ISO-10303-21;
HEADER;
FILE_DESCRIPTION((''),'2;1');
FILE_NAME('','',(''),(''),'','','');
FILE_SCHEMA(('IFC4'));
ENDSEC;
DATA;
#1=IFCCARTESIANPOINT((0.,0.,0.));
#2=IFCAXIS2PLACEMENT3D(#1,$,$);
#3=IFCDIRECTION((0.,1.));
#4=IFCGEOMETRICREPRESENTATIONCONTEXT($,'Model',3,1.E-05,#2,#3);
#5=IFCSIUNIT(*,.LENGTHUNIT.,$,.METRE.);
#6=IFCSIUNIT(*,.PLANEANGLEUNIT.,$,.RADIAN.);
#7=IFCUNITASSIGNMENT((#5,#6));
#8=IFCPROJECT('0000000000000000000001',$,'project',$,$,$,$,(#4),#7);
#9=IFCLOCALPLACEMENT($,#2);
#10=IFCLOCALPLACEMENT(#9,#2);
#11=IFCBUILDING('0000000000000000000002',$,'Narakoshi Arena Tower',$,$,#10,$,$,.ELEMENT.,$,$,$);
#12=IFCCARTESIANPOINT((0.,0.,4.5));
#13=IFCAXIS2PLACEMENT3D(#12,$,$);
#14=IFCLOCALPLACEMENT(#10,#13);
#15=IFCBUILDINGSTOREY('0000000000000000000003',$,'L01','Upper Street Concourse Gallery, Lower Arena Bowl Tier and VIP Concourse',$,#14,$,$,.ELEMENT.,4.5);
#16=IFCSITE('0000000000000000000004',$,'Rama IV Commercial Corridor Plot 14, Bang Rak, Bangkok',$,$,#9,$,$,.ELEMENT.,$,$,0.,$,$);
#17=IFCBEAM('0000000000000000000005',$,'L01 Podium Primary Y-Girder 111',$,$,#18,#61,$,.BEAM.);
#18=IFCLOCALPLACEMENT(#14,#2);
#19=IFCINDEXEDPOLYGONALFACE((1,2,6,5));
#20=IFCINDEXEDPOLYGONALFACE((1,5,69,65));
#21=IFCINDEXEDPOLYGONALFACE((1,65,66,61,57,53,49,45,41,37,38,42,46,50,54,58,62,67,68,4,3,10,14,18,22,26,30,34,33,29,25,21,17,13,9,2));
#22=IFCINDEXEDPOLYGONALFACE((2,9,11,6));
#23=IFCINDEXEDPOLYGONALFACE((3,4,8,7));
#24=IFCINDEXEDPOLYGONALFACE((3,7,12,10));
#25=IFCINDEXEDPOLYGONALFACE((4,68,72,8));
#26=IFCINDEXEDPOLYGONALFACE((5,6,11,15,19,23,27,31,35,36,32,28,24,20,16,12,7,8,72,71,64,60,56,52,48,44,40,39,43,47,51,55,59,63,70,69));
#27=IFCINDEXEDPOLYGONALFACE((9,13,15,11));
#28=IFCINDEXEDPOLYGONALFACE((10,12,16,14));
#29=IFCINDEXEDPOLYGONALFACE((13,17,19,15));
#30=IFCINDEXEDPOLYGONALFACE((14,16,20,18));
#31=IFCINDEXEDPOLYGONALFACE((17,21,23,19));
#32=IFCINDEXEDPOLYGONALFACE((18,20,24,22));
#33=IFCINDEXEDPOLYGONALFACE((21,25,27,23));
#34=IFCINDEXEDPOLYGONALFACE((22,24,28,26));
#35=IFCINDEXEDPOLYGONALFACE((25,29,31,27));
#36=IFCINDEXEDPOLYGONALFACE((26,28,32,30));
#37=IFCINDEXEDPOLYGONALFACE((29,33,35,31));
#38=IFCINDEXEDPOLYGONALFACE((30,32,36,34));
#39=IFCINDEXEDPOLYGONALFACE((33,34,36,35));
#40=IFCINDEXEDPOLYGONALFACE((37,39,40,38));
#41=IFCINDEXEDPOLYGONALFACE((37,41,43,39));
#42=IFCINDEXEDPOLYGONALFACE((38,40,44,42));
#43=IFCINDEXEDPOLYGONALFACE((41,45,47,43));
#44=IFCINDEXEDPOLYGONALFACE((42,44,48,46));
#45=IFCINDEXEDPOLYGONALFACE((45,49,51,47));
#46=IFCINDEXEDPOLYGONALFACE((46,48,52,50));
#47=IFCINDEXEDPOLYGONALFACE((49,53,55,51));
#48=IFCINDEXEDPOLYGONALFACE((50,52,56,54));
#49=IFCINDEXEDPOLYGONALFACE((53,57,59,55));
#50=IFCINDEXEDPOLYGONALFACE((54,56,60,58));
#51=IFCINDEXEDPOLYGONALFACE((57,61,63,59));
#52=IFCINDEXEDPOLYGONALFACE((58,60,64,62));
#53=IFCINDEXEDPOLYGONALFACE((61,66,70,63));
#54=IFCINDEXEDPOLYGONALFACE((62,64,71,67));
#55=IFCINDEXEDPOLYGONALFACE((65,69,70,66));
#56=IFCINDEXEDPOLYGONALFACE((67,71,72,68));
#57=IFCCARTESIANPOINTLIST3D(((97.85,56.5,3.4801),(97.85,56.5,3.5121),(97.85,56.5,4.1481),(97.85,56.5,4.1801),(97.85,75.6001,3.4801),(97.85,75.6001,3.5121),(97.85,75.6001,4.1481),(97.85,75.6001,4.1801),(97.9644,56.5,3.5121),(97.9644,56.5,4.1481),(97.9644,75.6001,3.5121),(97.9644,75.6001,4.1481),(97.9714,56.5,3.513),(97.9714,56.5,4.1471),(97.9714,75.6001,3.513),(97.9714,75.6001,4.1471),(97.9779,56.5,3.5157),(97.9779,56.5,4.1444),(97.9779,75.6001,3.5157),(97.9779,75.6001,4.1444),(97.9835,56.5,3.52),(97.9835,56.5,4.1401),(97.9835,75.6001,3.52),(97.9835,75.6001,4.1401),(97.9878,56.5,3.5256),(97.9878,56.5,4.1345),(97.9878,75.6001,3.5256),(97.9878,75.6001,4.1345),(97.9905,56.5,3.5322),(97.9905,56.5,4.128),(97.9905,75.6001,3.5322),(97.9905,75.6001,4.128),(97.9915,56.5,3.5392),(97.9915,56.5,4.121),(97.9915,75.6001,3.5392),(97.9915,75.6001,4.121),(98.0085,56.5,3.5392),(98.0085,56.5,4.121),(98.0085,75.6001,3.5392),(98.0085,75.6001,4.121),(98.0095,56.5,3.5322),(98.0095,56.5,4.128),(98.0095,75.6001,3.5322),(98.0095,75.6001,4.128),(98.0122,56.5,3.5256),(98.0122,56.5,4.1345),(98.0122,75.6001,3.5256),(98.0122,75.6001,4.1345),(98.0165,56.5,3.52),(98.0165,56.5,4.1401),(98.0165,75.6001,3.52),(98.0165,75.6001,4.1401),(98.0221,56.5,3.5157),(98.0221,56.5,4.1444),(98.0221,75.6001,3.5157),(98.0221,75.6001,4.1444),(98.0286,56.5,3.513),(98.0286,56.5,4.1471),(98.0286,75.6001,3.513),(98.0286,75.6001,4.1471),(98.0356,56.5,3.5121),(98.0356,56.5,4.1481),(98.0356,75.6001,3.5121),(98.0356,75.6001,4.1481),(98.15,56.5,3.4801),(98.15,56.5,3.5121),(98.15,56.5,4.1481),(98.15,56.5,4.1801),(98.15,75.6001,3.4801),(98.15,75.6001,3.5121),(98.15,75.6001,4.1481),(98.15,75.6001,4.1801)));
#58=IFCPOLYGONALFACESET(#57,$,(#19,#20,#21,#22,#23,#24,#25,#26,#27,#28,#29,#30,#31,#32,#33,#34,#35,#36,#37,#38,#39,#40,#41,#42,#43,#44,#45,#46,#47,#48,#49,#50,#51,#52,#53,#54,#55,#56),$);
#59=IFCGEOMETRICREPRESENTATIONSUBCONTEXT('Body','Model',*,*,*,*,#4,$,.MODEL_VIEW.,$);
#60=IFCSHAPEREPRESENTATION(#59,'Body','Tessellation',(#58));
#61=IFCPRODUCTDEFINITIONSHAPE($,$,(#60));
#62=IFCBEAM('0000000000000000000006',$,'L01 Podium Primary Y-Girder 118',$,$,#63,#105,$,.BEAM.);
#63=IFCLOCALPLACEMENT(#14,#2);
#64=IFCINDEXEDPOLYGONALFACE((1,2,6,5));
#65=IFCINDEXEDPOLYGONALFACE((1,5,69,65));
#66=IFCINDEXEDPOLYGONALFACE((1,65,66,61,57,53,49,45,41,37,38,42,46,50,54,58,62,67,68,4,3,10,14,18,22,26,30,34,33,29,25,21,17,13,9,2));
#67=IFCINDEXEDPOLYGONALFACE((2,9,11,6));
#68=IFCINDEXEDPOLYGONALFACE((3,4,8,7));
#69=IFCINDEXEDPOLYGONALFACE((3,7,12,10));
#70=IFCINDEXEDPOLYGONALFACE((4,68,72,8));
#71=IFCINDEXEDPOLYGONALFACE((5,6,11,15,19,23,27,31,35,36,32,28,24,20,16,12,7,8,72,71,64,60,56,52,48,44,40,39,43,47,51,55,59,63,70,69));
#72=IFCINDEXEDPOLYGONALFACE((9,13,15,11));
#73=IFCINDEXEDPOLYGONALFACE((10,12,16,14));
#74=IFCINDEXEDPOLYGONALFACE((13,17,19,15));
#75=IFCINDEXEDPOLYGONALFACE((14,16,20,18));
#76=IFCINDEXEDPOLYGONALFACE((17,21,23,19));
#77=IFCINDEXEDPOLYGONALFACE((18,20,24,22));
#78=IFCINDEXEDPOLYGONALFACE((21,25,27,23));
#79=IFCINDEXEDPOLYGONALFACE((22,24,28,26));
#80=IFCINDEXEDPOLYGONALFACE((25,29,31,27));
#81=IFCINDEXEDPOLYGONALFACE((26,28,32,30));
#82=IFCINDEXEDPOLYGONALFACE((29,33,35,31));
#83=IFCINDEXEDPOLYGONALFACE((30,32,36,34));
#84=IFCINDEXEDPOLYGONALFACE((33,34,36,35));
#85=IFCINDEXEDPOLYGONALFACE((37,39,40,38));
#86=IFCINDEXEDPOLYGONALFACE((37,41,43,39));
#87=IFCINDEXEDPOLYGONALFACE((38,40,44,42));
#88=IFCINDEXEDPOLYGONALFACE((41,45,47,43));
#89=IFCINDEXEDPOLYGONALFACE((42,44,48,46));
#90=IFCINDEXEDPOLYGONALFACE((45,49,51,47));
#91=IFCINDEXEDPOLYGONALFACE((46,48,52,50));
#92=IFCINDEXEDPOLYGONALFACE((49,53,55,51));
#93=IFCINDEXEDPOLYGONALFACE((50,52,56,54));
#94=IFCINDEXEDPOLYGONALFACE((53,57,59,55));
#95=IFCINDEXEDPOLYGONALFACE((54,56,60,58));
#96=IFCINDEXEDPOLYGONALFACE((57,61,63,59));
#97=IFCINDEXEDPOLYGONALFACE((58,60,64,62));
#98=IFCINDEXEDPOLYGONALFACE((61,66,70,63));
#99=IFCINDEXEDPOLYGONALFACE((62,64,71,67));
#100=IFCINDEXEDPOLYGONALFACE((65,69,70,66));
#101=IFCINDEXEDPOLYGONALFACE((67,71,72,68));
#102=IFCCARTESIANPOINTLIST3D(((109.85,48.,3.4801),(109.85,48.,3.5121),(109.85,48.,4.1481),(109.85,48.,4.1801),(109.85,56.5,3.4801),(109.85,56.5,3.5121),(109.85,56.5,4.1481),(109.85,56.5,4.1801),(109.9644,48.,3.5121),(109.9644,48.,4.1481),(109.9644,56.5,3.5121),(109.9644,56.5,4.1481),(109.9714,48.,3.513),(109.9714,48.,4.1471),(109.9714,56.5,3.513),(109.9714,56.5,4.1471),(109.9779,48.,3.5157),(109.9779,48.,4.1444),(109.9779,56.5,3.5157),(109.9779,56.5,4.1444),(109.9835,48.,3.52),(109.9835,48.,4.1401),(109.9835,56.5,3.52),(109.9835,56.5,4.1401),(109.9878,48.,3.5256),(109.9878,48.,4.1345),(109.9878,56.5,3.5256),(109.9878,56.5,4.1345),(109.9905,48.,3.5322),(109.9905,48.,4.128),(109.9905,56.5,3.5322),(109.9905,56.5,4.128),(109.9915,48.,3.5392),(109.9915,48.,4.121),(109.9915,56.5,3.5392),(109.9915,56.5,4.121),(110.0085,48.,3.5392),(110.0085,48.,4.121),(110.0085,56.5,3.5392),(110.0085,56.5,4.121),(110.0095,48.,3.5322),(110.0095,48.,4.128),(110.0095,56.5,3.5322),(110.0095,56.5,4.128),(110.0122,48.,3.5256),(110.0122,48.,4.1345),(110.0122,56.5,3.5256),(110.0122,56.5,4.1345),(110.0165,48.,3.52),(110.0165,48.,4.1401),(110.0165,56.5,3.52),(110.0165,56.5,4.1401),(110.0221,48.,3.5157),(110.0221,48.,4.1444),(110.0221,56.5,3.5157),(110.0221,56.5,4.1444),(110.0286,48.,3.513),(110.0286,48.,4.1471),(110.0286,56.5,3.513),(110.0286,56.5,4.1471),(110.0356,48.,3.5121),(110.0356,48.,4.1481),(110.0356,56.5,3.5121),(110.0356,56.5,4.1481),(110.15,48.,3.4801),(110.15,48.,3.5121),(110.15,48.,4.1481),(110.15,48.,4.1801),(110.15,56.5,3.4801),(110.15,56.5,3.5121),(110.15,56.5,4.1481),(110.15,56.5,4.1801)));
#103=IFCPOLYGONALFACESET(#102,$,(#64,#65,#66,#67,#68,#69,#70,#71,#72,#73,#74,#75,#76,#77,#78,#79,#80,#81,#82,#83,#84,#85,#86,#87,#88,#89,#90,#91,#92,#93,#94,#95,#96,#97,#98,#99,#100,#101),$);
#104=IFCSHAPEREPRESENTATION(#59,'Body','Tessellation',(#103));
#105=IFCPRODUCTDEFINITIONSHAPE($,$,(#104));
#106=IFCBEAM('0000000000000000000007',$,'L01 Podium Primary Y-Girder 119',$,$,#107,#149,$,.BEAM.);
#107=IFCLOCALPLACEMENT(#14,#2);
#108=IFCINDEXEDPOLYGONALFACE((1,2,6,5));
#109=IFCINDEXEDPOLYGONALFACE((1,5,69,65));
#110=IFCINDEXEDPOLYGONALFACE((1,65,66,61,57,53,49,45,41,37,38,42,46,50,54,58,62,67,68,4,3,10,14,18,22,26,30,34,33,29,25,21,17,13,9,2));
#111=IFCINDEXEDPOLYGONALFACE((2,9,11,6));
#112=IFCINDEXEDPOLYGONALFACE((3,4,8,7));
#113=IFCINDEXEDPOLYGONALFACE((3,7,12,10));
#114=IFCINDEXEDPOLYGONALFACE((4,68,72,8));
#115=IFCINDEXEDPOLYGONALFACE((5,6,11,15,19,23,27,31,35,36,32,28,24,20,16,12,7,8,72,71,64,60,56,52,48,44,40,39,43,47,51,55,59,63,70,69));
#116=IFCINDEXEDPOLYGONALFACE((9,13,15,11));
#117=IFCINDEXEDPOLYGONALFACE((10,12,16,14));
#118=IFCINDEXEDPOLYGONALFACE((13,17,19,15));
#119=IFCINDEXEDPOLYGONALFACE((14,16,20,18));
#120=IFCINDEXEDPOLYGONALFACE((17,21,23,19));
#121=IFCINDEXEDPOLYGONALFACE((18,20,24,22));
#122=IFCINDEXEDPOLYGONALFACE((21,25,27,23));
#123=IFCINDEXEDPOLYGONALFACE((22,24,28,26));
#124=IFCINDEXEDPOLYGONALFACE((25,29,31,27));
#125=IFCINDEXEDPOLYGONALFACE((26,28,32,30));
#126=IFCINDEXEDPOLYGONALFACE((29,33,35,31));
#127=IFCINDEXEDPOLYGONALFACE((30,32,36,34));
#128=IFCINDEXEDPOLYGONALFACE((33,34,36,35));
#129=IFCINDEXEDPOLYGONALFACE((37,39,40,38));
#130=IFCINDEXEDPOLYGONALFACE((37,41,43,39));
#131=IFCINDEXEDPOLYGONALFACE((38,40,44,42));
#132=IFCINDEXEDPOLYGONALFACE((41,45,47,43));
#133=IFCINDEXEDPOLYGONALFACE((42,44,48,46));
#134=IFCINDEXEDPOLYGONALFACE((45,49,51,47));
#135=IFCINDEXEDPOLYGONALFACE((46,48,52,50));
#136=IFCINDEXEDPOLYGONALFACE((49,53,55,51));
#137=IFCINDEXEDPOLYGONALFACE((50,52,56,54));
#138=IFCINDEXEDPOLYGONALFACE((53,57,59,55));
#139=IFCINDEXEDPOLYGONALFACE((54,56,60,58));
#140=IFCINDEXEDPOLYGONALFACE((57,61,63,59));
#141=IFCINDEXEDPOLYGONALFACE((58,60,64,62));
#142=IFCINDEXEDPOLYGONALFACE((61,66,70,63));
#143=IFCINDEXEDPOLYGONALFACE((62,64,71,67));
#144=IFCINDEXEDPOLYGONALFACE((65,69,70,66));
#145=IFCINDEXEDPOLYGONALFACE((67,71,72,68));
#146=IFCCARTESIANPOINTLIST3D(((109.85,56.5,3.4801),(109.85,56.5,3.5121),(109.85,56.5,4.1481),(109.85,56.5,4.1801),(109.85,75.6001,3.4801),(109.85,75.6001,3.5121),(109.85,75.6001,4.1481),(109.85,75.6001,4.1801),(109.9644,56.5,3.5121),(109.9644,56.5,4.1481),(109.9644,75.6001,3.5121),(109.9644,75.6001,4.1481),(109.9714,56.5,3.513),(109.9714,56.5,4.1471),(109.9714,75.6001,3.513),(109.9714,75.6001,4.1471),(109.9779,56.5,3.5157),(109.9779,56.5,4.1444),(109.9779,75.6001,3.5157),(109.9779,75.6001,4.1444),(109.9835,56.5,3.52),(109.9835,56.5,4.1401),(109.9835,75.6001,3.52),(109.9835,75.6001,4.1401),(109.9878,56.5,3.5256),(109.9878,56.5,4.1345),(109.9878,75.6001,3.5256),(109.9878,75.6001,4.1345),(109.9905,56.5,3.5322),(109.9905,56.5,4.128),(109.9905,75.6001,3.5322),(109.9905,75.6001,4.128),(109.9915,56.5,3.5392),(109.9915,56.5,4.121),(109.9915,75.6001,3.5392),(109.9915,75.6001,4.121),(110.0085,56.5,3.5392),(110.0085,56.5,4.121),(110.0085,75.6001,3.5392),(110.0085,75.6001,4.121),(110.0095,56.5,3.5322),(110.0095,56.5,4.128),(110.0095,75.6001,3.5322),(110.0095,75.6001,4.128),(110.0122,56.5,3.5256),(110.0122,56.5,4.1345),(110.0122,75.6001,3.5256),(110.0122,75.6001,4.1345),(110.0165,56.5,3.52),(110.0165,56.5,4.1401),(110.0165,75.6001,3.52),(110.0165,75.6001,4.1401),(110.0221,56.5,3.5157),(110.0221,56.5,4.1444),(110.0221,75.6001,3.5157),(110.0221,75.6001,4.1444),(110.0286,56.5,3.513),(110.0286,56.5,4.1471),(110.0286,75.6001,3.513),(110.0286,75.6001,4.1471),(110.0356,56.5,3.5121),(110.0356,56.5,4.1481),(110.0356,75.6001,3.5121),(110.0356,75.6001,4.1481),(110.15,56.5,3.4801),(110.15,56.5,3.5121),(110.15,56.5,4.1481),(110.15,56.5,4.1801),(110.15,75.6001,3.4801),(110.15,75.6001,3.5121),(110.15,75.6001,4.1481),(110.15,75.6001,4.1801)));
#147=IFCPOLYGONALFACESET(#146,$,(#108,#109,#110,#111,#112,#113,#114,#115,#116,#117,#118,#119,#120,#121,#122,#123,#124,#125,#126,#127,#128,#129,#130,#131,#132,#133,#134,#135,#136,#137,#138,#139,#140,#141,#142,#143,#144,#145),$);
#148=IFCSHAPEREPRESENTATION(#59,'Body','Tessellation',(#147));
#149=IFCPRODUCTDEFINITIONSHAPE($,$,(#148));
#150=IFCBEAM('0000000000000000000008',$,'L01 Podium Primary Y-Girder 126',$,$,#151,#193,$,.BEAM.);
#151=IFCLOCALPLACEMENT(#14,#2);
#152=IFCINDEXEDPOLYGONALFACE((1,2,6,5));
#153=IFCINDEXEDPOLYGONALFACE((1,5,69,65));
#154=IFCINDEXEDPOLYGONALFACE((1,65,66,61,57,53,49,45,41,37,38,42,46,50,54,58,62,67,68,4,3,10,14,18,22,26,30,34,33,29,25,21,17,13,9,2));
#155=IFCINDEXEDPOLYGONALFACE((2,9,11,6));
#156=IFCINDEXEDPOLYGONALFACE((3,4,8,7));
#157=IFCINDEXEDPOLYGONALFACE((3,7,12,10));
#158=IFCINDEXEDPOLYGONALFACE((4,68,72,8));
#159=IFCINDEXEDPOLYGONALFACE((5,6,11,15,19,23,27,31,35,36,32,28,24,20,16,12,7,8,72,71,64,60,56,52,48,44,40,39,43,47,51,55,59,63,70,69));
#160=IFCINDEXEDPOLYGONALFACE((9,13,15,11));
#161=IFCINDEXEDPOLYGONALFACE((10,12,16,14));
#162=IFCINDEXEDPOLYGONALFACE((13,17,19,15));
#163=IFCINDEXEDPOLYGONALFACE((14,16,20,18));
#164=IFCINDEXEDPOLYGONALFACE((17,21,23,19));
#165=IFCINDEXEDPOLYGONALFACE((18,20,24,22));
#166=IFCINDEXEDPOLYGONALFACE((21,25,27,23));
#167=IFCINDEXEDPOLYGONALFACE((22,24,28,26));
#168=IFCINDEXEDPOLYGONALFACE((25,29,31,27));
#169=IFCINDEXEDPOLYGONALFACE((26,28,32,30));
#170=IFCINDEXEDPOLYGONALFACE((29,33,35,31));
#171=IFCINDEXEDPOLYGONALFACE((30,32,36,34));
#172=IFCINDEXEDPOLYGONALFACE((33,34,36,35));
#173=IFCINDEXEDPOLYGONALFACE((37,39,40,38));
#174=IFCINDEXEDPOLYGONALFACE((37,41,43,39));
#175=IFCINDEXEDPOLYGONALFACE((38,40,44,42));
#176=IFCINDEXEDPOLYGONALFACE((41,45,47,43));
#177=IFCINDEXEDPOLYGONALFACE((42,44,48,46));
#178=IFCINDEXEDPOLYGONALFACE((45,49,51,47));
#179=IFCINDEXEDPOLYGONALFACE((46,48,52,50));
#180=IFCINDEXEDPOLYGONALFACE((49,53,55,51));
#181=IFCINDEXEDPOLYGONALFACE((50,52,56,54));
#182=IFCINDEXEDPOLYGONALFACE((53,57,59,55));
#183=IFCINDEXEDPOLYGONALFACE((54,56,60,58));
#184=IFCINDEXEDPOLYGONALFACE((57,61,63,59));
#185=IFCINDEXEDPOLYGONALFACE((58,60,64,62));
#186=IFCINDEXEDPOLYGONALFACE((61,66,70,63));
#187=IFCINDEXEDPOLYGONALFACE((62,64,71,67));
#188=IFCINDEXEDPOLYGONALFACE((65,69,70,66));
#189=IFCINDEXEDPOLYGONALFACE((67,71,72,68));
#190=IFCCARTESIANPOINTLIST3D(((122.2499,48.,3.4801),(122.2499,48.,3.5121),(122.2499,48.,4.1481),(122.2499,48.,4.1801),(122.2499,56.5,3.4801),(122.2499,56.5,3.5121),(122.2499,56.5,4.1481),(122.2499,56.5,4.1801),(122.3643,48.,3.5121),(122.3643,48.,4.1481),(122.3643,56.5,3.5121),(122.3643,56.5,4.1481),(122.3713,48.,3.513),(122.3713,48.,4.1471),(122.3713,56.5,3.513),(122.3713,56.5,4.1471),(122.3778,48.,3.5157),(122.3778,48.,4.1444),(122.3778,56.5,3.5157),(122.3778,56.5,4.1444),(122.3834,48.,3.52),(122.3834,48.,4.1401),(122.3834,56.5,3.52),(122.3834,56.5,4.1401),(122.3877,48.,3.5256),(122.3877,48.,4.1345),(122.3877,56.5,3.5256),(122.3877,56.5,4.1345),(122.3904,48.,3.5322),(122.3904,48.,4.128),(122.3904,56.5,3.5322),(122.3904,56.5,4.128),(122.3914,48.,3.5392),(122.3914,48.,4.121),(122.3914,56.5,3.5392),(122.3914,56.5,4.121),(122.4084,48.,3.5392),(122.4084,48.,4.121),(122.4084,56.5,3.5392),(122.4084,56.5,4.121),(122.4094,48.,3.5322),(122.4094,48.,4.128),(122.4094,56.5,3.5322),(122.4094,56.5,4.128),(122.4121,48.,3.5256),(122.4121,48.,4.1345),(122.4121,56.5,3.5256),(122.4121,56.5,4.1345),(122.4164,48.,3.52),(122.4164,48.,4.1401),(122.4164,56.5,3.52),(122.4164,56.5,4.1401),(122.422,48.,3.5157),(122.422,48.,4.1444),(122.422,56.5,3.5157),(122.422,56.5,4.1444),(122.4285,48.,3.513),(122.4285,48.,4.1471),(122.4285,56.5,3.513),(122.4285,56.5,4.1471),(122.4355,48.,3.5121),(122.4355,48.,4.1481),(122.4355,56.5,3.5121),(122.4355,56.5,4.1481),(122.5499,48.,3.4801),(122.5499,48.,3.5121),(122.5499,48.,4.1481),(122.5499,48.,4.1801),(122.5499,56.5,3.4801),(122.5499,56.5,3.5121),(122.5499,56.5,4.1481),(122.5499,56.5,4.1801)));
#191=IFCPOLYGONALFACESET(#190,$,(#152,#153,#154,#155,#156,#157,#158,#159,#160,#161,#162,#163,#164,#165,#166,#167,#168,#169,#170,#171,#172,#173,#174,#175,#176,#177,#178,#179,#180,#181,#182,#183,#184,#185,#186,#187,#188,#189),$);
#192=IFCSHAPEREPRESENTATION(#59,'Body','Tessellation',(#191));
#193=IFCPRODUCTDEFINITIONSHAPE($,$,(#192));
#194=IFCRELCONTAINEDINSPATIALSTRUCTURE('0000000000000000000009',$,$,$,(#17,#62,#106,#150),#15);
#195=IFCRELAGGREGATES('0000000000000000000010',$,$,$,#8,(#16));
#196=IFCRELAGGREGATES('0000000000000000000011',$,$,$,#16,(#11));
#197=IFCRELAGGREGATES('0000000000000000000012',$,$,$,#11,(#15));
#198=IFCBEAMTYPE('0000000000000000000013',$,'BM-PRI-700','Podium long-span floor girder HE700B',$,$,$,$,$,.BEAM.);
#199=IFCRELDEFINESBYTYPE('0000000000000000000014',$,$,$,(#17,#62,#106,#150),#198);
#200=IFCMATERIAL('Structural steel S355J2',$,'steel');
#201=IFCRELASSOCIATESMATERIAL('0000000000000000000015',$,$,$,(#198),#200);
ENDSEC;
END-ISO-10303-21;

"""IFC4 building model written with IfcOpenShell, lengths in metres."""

from ifc_helpers import new_model, si_unit, direction, frame, origin, origin_2d, place, context, subcontext, project, spatial, i_section, extrude, material, material_profile, profile_set, type_object, element, save


model = new_model("IFC4")

# Units and contexts
model_context = context("Model", 3, precision=1e-05, world=origin(), true_north=direction((0.0, 1.0)))
body_context = subcontext(model_context, "Body", "Model", "MODEL_VIEW")
ifc_project = project(units=[si_unit("LENGTHUNIT", "METRE"), si_unit("PLANEANGLEUNIT", "RADIAN")], contexts=[model_context])

# Site, building, storey
site_placement = place(None, origin())
site = spatial("IfcSite", under=ifc_project, at=site_placement, Name="Rama IV Commercial Corridor Plot 14, Bang Rak, Bangkok", CompositionType="ELEMENT", RefElevation=0.0)
building_placement = place(site_placement, origin())
building = spatial("IfcBuilding", under=site, at=building_placement, Name="Narakoshi Arena Tower", CompositionType="ELEMENT")
storey_placement = place(building_placement, frame((0.0, 0.0, 4.5)))
storey = spatial("IfcBuildingStorey", under=building, at=storey_placement, Name="L01", Description="Upper Street Concourse Gallery, Lower Arena Bowl Tier and VIP Concourse", CompositionType="ELEMENT", Elevation=4.5)

# Beams
ifc_material_1 = material(Name="Structural steel S355J2", Category="steel")
ifc_material_profile_1 = material_profile(ifc_material_1, i_section(OverallWidth=0.3, OverallDepth=0.7, WebThickness=0.0171, FlangeThickness=0.032, FilletRadius=0.0271, at=origin_2d()), Name="HE700B")
ifc_profile_set_1 = profile_set([ifc_material_profile_1], Name="Structural steel S355J2")
beam_type_1 = type_object("IfcBeamType", Name="BM-PRI-700", Description="Podium long-span floor girder HE700B", PredefinedType="BEAM", material=ifc_profile_set_1)
beam_1_placement = place(storey_placement, frame((98.0, 56.5, 3.8301), z_axis=(0.0, 1.0, 0.0), x_axis=(-1.0, 0.0, 0.0)))
element("IfcBeam", 1, at=beam_1_placement, inside=storey, type_object=beam_type_1, Name="L01 Podium Primary Y-Girder 111", PredefinedType="BEAM", context=body_context, shape_type="SweptSolid", body=[
    extrude(i_section(OverallWidth=0.3, OverallDepth=0.7, WebThickness=0.0171, FlangeThickness=0.032, FilletRadius=0.0271, at=origin_2d()), origin(), (0.0, 0.0, 1.0), 19.1001),
])
beam_2_placement = place(storey_placement, frame((110.0, 48.0, 3.8301), z_axis=(0.0, 1.0, 0.0), x_axis=(-1.0, 0.0, 0.0)))
element("IfcBeam", 2, at=beam_2_placement, inside=storey, type_object=beam_type_1, Name="L01 Podium Primary Y-Girder 118", PredefinedType="BEAM", context=body_context, shape_type="SweptSolid", body=[
    extrude(i_section(OverallWidth=0.3, OverallDepth=0.7, WebThickness=0.0171, FlangeThickness=0.032, FilletRadius=0.0271, at=origin_2d()), origin(), (0.0, 0.0, 1.0), 8.5),
])
beam_3_placement = place(storey_placement, frame((110.0, 56.5, 3.8301), z_axis=(0.0, 1.0, 0.0), x_axis=(-1.0, 0.0, 0.0)))
element("IfcBeam", 3, at=beam_3_placement, inside=storey, type_object=beam_type_1, Name="L01 Podium Primary Y-Girder 119", PredefinedType="BEAM", context=body_context, shape_type="SweptSolid", body=[
    extrude(i_section(OverallWidth=0.3, OverallDepth=0.7, WebThickness=0.0171, FlangeThickness=0.032, FilletRadius=0.0271, at=origin_2d()), origin(), (0.0, 0.0, 1.0), 19.1001),
])
beam_4_placement = place(storey_placement, frame((122.3999, 48.0, 3.8301), z_axis=(0.0, 1.0, 0.0), x_axis=(-1.0, 0.0, 0.0)))
element("IfcBeam", 4, at=beam_4_placement, inside=storey, type_object=beam_type_1, Name="L01 Podium Primary Y-Girder 126", PredefinedType="BEAM", context=body_context, shape_type="SweptSolid", body=[
    extrude(i_section(OverallWidth=0.3, OverallDepth=0.7, WebThickness=0.0171, FlangeThickness=0.032, FilletRadius=0.0271, at=origin_2d()), origin(), (0.0, 0.0, 1.0), 8.5),
])

save(model, "model.ifc")
